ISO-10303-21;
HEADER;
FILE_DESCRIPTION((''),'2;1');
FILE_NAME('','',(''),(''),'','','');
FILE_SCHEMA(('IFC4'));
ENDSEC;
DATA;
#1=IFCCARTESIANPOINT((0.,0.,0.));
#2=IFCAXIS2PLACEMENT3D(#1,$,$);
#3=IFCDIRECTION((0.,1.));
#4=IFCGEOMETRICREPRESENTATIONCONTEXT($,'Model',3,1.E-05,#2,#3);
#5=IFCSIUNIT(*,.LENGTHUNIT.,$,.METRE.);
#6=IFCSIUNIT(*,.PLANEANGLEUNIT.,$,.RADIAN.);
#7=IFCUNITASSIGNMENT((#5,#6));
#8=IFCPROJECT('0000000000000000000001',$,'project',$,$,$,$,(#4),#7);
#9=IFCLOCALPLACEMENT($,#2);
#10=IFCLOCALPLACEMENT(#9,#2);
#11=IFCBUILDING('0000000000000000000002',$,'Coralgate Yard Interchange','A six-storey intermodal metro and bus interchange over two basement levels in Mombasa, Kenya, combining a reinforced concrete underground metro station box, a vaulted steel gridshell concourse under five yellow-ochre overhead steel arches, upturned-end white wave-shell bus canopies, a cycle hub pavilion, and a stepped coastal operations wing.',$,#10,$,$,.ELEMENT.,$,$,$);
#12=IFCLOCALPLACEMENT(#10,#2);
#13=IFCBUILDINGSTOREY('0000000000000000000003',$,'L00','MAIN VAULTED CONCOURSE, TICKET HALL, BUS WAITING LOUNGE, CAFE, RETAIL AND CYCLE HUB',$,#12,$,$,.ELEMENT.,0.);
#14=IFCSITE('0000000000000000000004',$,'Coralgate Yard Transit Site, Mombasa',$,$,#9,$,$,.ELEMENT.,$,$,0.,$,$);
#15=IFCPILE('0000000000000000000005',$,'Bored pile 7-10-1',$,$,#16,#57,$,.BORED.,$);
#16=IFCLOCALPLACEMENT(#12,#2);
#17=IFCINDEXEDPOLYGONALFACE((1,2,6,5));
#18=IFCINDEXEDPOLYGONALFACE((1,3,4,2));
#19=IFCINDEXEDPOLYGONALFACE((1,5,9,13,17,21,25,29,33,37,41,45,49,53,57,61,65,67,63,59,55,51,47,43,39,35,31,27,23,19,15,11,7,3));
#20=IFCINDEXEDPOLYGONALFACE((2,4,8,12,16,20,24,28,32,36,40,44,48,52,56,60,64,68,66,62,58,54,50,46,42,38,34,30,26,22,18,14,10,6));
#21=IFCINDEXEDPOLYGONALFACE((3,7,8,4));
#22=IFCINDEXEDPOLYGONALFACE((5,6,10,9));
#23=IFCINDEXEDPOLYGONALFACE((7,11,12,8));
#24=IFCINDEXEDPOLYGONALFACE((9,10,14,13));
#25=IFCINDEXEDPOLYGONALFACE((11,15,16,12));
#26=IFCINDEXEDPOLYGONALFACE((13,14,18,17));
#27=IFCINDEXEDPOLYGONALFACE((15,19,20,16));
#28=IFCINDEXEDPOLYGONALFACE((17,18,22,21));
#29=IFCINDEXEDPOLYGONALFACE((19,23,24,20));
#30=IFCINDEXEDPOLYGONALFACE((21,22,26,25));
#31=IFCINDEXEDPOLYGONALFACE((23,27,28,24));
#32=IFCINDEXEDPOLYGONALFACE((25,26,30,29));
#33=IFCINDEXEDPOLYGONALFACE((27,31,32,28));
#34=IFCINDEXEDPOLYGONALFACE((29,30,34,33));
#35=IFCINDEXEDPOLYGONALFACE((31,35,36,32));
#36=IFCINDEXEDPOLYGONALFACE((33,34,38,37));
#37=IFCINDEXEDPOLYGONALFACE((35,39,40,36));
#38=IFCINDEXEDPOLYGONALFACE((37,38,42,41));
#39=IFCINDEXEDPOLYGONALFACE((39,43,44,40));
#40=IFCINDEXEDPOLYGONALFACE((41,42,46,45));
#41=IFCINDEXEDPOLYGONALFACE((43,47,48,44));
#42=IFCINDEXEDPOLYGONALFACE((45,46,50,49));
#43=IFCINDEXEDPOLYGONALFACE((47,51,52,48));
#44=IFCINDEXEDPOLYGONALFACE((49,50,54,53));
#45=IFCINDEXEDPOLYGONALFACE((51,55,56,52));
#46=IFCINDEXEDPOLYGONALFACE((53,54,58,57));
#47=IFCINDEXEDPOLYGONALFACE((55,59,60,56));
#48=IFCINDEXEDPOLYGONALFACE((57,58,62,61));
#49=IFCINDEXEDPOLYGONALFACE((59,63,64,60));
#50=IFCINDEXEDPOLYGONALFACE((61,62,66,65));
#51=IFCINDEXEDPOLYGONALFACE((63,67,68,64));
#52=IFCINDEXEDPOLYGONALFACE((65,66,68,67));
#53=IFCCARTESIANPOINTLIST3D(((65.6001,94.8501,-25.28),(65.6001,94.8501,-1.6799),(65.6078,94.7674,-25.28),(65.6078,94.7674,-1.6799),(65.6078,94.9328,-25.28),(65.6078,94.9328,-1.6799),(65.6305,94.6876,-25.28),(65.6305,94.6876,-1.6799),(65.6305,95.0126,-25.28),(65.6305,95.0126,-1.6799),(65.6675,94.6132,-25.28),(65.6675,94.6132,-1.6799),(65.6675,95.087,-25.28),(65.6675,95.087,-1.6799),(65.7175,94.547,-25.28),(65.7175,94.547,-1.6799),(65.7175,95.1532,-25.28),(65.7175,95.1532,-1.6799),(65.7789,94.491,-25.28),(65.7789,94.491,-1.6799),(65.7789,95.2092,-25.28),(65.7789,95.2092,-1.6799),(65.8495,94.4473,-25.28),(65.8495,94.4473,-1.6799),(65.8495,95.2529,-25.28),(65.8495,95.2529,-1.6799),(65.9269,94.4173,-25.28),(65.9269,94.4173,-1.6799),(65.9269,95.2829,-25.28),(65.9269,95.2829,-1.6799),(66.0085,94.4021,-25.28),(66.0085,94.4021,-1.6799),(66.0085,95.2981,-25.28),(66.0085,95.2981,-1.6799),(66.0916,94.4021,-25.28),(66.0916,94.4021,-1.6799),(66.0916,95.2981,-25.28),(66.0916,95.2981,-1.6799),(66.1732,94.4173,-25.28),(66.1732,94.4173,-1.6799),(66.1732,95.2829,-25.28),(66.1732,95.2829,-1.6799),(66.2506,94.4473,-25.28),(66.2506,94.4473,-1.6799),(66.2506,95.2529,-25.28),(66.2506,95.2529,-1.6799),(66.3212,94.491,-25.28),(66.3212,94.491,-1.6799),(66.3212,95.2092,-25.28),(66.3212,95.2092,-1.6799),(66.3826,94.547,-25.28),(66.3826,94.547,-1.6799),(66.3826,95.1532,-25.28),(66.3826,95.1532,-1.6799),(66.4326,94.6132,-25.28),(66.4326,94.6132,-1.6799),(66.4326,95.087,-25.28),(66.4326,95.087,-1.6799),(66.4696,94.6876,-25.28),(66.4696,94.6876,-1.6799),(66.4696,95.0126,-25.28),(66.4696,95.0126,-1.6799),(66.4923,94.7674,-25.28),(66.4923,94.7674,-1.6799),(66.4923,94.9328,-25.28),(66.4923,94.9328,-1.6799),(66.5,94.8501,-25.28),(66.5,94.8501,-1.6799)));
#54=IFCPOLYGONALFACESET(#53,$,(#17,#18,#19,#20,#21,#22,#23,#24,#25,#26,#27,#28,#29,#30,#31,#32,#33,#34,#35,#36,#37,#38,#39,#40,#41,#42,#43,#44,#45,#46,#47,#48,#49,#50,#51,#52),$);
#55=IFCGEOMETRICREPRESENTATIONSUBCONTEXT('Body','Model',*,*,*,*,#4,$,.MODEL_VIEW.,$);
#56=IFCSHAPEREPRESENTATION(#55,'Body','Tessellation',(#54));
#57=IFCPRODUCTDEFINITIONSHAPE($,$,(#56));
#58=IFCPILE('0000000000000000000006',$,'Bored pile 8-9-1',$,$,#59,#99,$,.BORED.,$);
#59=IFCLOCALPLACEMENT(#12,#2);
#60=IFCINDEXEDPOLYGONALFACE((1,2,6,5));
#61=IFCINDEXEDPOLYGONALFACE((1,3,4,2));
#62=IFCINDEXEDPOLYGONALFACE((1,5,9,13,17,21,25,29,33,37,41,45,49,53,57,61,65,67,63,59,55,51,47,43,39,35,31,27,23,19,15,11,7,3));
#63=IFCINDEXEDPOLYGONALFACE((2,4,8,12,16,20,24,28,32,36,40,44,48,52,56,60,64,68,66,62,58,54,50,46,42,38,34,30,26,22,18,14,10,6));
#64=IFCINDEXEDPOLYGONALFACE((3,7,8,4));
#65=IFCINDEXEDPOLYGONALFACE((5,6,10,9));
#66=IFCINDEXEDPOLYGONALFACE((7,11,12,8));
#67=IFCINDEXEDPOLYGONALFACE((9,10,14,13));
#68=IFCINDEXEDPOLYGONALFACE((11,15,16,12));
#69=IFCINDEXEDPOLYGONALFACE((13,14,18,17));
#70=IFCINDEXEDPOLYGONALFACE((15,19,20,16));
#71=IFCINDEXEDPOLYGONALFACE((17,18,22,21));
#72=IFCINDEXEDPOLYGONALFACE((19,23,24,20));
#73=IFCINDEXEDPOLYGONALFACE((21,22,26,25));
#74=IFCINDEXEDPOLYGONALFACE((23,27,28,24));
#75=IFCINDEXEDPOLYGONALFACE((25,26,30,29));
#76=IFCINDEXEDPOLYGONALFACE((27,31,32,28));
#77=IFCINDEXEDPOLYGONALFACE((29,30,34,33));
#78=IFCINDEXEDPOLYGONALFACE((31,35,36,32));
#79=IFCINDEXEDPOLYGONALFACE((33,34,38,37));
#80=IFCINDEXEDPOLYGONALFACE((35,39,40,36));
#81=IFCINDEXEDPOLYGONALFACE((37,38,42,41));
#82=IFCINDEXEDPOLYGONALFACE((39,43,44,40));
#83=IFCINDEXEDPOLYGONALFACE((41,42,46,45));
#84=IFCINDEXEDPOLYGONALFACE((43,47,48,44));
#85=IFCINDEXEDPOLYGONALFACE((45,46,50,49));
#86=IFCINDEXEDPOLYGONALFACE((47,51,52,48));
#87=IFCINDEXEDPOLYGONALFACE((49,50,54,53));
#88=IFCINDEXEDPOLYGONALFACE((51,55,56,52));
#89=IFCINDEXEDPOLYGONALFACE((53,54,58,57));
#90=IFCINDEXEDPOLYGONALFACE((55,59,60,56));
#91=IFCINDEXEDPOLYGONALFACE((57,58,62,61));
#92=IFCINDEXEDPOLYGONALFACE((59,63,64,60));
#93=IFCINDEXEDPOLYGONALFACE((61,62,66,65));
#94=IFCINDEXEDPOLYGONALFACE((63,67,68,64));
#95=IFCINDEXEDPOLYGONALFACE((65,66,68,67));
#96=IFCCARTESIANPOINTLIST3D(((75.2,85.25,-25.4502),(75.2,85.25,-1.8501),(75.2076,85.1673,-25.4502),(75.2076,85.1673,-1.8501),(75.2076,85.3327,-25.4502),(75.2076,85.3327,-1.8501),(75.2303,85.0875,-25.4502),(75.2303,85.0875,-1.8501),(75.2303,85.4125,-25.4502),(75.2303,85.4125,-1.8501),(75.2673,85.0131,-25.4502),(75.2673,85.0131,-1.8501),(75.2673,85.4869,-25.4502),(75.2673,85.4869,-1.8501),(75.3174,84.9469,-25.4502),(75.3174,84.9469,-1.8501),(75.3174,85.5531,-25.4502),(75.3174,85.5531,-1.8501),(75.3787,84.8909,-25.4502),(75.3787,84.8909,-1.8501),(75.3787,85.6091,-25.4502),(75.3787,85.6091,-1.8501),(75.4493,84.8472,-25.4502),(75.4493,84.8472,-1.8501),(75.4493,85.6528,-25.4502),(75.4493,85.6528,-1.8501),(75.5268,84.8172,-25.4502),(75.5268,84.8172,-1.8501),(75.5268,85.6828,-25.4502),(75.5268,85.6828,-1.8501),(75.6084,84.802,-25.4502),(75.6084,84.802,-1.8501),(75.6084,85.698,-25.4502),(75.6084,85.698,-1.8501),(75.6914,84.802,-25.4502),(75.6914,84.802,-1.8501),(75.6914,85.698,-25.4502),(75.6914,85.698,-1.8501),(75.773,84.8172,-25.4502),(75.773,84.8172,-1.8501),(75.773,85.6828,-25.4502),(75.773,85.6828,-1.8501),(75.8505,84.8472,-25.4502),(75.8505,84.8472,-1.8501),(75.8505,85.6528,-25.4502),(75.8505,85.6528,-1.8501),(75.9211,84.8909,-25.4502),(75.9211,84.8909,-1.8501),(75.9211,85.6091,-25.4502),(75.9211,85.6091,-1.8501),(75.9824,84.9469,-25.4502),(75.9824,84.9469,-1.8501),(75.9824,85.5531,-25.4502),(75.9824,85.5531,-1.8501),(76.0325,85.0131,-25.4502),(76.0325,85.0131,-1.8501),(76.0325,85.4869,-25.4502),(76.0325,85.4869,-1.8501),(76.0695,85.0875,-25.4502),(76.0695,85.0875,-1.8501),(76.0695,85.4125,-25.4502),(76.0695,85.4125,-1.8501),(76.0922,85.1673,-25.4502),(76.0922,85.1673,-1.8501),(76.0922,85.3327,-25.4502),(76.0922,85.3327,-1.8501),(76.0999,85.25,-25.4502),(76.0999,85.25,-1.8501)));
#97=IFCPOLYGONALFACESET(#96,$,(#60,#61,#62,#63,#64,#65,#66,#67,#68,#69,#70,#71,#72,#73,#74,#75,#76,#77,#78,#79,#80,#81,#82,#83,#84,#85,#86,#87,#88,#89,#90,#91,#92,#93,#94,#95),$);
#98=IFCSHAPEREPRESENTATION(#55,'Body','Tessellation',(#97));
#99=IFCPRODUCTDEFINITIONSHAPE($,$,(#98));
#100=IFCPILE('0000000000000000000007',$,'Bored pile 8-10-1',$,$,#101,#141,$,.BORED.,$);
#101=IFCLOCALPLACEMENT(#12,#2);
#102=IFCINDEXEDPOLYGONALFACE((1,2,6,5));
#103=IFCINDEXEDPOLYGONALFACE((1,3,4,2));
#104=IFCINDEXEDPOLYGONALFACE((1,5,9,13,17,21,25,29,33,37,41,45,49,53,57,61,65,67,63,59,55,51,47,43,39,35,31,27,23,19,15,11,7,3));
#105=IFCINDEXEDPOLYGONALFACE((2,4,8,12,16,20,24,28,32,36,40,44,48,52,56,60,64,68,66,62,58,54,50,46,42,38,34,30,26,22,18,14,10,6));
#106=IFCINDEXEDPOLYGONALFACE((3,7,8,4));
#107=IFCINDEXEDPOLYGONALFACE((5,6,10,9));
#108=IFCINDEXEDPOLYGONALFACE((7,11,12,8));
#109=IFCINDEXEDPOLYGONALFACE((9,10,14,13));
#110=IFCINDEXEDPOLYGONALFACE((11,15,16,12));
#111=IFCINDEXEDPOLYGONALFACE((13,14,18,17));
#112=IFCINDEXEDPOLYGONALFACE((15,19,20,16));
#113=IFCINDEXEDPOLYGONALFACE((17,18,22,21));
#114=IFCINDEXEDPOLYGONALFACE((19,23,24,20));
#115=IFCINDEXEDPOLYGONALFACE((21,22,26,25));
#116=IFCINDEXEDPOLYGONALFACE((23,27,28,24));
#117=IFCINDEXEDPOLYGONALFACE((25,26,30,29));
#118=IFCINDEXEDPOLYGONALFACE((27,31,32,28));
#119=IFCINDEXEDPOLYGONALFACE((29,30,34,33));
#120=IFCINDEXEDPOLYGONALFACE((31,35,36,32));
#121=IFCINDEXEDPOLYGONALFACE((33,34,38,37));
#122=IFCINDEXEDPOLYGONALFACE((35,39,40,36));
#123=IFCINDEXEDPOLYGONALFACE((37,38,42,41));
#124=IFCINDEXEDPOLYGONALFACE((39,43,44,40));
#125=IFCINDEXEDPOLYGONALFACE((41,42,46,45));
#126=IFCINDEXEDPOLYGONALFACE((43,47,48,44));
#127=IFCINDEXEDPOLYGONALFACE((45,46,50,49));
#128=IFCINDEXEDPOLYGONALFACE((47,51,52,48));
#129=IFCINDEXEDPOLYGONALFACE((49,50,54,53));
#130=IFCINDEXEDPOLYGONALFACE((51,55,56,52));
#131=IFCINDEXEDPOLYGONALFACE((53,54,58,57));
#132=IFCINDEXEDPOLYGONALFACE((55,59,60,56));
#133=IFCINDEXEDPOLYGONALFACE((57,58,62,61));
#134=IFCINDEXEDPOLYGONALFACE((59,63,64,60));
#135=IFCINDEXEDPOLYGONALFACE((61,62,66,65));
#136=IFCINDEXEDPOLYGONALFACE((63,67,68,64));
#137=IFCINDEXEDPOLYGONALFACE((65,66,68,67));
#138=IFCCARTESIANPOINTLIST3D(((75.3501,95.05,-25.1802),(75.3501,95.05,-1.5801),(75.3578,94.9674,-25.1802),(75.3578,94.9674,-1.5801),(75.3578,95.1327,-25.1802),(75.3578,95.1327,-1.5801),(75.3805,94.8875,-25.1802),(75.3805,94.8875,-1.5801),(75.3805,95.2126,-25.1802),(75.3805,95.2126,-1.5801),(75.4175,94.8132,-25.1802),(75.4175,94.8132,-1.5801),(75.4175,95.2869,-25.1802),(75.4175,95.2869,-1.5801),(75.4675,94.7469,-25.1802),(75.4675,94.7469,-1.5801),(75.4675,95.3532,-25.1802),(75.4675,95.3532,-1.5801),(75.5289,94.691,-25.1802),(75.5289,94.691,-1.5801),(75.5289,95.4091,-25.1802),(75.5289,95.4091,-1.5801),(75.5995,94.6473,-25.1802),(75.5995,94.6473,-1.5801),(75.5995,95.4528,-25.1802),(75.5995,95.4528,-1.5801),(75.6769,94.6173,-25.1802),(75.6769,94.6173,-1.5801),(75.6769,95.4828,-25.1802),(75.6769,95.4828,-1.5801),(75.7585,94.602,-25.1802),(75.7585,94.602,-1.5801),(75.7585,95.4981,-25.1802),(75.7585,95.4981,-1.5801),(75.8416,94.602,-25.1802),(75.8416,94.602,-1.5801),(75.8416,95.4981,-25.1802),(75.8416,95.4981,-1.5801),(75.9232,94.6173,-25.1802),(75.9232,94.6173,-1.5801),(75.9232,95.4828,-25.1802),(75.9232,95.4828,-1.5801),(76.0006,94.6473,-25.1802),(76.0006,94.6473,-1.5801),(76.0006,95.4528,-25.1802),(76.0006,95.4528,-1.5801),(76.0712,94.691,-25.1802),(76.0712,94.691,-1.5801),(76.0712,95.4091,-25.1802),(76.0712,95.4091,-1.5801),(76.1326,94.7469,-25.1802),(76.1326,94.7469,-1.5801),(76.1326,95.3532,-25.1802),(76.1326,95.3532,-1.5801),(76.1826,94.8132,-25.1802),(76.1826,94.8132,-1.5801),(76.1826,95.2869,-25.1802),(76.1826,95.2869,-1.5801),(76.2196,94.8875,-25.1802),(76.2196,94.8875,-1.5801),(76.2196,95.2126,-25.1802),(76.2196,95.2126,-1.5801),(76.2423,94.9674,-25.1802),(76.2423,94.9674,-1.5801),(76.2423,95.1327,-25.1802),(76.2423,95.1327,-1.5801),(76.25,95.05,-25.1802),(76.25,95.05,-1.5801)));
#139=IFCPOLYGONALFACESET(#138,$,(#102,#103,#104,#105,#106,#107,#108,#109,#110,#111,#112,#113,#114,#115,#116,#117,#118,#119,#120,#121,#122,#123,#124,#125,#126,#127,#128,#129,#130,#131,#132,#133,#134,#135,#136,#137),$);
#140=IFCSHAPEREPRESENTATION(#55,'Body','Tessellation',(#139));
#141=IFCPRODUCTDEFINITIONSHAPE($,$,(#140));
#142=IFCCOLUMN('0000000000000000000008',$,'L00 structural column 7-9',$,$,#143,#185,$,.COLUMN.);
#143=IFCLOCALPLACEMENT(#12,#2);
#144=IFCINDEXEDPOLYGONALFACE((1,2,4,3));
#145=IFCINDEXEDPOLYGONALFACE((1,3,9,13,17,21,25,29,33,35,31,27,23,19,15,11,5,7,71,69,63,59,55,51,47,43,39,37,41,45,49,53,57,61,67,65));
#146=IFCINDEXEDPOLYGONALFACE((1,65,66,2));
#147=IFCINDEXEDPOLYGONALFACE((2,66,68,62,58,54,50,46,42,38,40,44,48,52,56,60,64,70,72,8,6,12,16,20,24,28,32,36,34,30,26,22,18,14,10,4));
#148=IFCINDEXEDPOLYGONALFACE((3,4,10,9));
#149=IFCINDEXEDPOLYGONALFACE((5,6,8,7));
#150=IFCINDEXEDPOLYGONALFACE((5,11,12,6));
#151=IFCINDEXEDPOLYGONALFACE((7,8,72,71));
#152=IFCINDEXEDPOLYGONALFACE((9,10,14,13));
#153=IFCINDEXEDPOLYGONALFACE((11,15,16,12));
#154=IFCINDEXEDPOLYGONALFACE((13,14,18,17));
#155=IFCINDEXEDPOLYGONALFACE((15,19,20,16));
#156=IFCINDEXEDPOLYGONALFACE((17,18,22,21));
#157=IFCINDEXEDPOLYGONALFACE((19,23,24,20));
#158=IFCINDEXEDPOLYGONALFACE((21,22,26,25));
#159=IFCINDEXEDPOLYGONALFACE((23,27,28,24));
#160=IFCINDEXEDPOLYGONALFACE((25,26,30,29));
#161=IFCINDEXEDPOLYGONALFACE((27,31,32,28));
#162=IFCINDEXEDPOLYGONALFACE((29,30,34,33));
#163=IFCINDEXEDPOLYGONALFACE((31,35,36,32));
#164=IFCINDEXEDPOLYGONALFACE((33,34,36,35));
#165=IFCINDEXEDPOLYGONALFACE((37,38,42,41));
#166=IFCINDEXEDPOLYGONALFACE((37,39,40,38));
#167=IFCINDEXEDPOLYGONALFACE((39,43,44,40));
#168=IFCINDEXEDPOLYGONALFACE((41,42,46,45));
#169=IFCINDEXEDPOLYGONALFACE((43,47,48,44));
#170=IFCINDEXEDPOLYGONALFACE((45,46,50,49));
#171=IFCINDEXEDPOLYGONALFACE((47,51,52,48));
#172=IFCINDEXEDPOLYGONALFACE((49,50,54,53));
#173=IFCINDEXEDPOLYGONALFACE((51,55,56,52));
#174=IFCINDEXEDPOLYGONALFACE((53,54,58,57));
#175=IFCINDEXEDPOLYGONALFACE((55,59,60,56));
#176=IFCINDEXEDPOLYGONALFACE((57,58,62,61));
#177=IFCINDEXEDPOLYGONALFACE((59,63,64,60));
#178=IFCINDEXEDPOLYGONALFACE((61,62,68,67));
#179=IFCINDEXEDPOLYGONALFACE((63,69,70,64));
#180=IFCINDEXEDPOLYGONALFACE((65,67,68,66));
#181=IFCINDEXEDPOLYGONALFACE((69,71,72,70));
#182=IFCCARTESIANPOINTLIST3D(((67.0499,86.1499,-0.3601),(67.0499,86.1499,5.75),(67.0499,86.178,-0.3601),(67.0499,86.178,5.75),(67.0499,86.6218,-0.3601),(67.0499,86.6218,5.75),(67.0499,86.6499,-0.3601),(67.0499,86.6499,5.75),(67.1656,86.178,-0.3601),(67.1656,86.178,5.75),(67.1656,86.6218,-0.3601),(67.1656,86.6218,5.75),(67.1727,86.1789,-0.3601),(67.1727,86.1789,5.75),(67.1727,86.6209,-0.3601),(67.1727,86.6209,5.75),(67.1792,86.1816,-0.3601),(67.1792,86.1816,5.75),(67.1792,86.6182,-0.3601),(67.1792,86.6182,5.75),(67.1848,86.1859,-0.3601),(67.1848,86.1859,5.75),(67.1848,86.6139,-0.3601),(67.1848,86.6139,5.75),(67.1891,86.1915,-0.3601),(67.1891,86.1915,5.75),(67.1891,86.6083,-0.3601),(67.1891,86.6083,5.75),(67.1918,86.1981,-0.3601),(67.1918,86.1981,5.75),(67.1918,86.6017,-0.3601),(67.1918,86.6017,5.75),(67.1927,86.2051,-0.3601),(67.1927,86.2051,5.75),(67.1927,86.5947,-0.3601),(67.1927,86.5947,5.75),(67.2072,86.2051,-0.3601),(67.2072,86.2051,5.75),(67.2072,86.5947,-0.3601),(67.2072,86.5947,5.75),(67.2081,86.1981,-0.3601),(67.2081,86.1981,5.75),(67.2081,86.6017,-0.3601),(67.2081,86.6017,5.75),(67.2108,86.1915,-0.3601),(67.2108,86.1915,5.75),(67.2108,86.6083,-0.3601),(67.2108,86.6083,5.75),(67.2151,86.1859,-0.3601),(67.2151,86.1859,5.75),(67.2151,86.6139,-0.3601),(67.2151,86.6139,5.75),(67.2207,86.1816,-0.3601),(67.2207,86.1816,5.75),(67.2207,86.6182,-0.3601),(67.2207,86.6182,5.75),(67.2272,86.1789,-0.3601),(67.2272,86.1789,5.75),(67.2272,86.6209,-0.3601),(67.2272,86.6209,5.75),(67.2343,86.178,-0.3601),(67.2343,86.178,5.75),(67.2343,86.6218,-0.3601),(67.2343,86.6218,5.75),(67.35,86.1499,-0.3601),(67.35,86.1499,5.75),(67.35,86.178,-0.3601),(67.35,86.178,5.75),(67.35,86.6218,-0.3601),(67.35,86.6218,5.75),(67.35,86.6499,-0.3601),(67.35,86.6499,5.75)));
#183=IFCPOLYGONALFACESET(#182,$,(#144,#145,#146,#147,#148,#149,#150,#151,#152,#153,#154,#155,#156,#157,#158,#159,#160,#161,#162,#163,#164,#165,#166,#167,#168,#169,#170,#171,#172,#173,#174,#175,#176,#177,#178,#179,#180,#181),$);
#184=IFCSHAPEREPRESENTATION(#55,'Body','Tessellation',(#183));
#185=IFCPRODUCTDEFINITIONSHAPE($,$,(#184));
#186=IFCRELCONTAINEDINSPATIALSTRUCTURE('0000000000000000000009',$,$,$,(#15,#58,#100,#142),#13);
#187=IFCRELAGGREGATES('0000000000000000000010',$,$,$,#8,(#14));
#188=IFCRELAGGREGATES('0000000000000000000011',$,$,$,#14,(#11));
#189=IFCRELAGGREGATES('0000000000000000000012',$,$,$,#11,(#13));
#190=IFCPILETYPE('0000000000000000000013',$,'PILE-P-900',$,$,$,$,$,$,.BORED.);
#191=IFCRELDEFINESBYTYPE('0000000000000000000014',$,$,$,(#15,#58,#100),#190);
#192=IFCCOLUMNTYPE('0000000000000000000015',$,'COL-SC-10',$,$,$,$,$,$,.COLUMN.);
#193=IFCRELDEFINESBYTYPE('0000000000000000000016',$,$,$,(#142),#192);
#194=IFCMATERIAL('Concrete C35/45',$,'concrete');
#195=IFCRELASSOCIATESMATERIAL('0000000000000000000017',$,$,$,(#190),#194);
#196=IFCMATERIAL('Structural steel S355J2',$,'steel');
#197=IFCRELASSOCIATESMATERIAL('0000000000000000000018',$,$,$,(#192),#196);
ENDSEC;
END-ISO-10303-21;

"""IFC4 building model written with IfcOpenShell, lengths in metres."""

from ifc_helpers import new_model, si_unit, direction, frame, origin, origin_2d, place, context, subcontext, project, spatial, circle, i_section, extrude, material, material_profile, profile_set, type_object, element, save


model = new_model("IFC4")

# Units and contexts
model_context = context("Model", 3, precision=1e-05, world=origin(), true_north=direction((0.0, 1.0)))
body_context = subcontext(model_context, "Body", "Model", "MODEL_VIEW")
ifc_project = project(units=[si_unit("LENGTHUNIT", "METRE"), si_unit("PLANEANGLEUNIT", "RADIAN")], contexts=[model_context])

# Site, building, storey
site_placement = place(None, origin())
site = spatial("IfcSite", under=ifc_project, at=site_placement, Name="Coralgate Yard Transit Site, Mombasa", CompositionType="ELEMENT", RefElevation=0.0)
building_placement = place(site_placement, origin())
building = spatial("IfcBuilding", under=site, at=building_placement, Name="Coralgate Yard Interchange", Description="A six-storey intermodal metro and bus interchange over two basement levels in Mombasa, Kenya, combining a reinforced concrete underground metro station box, a vaulted steel gridshell concourse under five yellow-ochre overhead steel arches, upturned-end white wave-shell bus canopies, a cycle hub pavilion, and a stepped coastal operations wing.", CompositionType="ELEMENT")
storey_placement = place(building_placement, origin())
storey = spatial("IfcBuildingStorey", under=building, at=storey_placement, Name="L00", Description="MAIN VAULTED CONCOURSE, TICKET HALL, BUS WAITING LOUNGE, CAFE, RETAIL AND CYCLE HUB", CompositionType="ELEMENT", Elevation=0.0)

# Piles
ifc_material_1 = material(Name="Concrete C35/45", Category="concrete")
ifc_material_profile_1 = material_profile(ifc_material_1, circle(Radius=0.45, at=origin_2d()), Name="BORED PILE D900")
ifc_profile_set_1 = profile_set([ifc_material_profile_1], Name="Concrete C35/45")
pile_type = type_object("IfcPileType", Name="PILE-P-900", PredefinedType="BORED", material=ifc_profile_set_1)
for number, where, z_axis, x_axis, name in (
    (1, (66.05, 94.8501, -1.6799), (0.0, 0.0, -1.0), (1.0, 0.0, 0.0), "Bored pile 7-10-1"),
    (2, (75.6499, 85.25, -1.8501), (0.0, 0.0, -1.0), (1.0, 0.0, 0.0), "Bored pile 8-9-1"),
    (3, (75.8, 95.05, -1.5801), (0.0, 0.0, -1.0), (1.0, 0.0, 0.0), "Bored pile 8-10-1"),
):
    element("IfcPile", number, at=place(storey_placement, frame(where, z_axis=z_axis, x_axis=x_axis)), inside=storey, type_object=pile_type, Name=name, PredefinedType="BORED", context=body_context, shape_type="SweptSolid", body=[
        extrude(circle(Radius=0.45, at=origin_2d()), origin(), (0.0, 0.0, 1.0), 23.6001),
    ])

# Column
ifc_material_2 = material(Name="Structural steel S355J2", Category="steel")
ifc_material_profile_2 = material_profile(ifc_material_2, i_section(OverallWidth=0.3, OverallDepth=0.5, WebThickness=0.0144, FlangeThickness=0.0281, FilletRadius=0.0271, at=origin_2d()), Name="HEB 500")
ifc_profile_set_2 = profile_set([ifc_material_profile_2], Name="Structural steel S355J2")
column_type_1 = type_object("IfcColumnType", Name="COL-SC-10", PredefinedType="COLUMN", material=ifc_profile_set_2)
column_1_placement = place(storey_placement, frame((67.2, 86.3999, -0.3601), z_axis=(0.0, 0.0, 1.0), x_axis=(1.0, 0.0, 0.0)))
element("IfcColumn", 4, at=column_1_placement, inside=storey, type_object=column_type_1, Name="L00 structural column 7-9", PredefinedType="COLUMN", context=body_context, shape_type="SweptSolid", body=[
    extrude(i_section(OverallWidth=0.3, OverallDepth=0.5, WebThickness=0.0144, FlangeThickness=0.0281, FilletRadius=0.0271, at=origin_2d()), origin(), (0.0, 0.0, 1.0), 6.1101),
])

save(model, "model.ifc")
